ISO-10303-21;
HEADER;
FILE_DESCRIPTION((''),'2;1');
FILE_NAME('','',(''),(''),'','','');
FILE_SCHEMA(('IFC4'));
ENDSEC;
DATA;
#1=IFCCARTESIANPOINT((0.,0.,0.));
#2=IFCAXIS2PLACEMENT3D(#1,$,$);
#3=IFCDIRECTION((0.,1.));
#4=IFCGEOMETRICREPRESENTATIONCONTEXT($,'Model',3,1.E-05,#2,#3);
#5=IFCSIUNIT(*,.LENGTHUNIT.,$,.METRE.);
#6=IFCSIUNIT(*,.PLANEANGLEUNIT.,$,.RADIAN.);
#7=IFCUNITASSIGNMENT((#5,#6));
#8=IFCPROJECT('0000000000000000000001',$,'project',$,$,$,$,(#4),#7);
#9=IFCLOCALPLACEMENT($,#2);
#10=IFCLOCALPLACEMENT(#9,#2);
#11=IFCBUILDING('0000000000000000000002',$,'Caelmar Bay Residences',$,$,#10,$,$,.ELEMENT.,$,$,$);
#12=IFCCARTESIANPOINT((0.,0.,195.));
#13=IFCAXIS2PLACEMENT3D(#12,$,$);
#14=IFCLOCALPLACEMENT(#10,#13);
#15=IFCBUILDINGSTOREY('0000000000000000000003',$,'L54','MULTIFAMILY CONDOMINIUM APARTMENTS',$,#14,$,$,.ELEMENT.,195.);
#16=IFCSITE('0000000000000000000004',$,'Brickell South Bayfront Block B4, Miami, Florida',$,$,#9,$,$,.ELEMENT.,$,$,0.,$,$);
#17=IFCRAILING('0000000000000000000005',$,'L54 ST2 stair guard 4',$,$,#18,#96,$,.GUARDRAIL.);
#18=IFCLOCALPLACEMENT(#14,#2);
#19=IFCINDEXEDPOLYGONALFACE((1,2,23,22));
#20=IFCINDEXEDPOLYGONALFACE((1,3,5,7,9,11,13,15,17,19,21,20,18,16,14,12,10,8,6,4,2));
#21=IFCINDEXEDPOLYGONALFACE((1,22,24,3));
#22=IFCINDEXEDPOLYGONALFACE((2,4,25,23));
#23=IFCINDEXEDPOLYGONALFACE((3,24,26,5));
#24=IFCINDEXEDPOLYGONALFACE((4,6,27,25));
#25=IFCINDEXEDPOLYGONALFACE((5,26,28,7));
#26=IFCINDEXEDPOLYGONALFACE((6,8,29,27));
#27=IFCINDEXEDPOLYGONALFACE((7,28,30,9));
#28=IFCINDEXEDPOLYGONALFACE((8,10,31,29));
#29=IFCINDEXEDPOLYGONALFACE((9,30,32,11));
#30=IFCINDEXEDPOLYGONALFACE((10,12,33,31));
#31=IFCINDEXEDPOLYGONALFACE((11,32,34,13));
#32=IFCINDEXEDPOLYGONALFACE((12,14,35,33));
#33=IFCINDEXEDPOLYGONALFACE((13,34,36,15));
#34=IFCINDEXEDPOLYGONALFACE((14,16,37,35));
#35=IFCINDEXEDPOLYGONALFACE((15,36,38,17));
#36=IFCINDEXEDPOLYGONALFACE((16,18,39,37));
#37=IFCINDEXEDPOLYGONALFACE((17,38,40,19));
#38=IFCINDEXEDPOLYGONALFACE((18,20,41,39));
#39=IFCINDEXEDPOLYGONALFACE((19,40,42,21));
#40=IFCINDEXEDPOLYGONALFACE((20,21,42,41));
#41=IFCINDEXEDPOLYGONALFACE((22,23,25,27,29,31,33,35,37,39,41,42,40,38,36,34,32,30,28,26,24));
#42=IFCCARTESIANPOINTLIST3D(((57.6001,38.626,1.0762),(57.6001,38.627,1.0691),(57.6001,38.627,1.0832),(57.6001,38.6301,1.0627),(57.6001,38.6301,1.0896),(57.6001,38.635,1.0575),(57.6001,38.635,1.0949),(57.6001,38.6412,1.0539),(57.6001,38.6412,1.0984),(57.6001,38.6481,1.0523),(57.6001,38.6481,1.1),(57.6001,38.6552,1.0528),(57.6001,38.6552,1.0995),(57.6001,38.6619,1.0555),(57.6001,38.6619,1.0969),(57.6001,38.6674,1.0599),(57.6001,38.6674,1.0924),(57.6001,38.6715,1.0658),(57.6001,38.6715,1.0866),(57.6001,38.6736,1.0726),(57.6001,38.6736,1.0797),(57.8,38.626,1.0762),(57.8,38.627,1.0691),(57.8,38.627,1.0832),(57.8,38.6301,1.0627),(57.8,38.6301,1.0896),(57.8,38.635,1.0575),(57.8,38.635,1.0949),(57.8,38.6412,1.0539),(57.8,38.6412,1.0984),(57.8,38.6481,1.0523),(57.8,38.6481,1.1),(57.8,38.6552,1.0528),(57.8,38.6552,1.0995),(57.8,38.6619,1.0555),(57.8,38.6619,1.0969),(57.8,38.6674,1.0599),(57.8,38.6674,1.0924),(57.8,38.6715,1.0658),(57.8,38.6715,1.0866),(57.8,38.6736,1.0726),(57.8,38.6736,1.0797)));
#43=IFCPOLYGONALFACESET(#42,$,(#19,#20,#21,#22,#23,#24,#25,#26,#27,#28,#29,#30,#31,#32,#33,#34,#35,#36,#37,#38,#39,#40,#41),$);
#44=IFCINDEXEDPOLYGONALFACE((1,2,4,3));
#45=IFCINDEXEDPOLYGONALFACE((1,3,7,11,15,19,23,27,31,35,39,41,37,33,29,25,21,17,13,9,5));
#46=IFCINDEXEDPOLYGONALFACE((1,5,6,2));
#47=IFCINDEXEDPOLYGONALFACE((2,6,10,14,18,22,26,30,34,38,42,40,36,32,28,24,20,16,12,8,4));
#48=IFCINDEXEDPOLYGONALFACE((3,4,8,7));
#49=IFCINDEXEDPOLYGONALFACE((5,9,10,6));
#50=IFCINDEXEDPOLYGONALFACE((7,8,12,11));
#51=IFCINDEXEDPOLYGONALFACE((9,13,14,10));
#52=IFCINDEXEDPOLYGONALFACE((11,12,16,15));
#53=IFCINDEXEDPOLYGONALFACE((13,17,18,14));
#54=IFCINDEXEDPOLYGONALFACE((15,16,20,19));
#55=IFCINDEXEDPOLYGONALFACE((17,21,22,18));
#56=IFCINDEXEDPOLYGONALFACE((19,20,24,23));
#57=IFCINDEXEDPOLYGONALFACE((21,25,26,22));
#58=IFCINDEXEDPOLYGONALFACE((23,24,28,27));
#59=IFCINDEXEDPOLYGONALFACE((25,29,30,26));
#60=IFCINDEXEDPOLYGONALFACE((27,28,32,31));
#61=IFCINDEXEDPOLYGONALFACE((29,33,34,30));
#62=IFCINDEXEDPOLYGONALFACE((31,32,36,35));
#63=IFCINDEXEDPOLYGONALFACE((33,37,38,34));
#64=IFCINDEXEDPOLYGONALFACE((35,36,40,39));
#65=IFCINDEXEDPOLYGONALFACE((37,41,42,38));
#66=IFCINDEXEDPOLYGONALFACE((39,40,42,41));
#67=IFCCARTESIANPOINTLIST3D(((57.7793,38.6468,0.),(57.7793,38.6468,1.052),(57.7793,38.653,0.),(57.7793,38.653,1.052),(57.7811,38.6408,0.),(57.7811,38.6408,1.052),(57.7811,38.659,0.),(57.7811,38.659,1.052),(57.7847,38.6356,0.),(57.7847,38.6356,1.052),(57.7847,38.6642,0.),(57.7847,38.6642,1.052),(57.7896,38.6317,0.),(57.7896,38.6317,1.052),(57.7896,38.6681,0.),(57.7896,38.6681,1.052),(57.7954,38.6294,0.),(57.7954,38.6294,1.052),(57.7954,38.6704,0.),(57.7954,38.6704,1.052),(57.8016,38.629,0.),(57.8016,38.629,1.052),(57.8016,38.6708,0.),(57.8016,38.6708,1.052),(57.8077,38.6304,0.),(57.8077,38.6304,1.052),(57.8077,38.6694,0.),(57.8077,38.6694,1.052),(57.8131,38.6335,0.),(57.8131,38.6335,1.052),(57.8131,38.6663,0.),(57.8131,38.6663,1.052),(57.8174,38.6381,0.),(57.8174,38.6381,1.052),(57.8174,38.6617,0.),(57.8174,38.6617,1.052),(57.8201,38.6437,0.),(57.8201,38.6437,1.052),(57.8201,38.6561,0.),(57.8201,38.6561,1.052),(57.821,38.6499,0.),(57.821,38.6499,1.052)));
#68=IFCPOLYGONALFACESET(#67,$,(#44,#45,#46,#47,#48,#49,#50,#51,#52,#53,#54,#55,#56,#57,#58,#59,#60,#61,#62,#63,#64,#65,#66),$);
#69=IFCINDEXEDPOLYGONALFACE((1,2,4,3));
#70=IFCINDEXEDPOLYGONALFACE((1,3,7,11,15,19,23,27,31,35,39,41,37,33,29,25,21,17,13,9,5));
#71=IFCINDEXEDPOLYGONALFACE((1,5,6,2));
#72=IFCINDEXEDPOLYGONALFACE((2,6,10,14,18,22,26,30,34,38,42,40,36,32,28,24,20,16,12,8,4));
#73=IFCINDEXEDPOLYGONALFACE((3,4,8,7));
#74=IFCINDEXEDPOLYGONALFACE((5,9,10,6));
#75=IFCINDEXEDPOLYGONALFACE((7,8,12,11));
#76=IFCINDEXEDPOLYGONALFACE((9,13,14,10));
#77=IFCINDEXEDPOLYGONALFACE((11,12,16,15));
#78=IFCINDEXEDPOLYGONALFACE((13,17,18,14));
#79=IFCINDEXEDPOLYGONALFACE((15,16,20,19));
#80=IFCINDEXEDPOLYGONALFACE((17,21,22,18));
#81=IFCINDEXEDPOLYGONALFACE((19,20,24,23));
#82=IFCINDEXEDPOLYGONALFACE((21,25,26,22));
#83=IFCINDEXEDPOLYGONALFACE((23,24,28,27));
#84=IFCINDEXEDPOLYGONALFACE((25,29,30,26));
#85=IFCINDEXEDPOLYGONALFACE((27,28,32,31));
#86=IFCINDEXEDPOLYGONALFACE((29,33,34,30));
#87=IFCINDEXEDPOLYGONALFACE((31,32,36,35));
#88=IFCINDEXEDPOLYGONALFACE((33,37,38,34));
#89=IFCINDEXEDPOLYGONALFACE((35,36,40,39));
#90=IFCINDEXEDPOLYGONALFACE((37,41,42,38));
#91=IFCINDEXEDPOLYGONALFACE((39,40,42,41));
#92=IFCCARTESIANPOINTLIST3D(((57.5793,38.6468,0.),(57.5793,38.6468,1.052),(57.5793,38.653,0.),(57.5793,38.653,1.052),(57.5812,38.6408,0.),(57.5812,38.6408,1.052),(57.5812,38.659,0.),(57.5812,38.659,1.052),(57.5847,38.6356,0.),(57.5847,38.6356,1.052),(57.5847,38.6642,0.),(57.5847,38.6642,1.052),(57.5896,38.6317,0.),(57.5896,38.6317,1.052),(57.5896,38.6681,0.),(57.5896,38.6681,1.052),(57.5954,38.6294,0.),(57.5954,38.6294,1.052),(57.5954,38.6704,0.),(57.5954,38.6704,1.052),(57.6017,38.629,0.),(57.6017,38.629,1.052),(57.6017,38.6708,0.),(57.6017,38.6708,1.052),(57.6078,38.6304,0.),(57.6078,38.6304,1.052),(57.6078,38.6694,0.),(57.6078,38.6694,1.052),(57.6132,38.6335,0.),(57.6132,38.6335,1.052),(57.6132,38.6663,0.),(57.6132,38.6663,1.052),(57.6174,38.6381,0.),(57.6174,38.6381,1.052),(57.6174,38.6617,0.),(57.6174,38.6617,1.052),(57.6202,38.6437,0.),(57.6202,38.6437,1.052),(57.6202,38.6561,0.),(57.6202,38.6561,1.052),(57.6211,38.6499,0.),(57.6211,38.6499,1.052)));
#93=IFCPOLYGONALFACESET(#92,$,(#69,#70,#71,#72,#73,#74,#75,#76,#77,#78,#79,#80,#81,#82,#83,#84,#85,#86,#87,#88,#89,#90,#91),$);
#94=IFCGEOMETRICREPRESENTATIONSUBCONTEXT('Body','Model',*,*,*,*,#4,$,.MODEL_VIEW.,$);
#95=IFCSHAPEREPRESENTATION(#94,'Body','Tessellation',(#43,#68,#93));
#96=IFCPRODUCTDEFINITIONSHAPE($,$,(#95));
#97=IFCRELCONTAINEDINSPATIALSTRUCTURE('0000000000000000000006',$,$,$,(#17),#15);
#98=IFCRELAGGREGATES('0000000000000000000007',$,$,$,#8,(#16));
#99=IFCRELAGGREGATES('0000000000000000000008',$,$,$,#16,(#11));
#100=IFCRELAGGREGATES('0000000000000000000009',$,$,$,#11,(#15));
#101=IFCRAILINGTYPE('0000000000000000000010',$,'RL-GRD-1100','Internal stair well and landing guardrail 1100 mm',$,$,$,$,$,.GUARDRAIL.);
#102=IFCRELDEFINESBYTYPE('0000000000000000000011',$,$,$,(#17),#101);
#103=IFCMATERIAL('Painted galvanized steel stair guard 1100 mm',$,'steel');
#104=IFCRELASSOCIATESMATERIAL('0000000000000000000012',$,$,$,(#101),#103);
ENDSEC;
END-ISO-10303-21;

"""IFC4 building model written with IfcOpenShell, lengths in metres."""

from ifc_helpers import new_model, si_unit, direction, frame, origin, origin_2d, place, context, subcontext, project, spatial, circle, extrude, material, type_object, element, save


model = new_model("IFC4")

# Units and contexts
model_context = context("Model", 3, precision=1e-05, world=origin(), true_north=direction((0.0, 1.0)))
body_context = subcontext(model_context, "Body", "Model", "MODEL_VIEW")
ifc_project = project(units=[si_unit("LENGTHUNIT", "METRE"), si_unit("PLANEANGLEUNIT", "RADIAN")], contexts=[model_context])

# Site, building, storey
site_placement = place(None, origin())
site = spatial("IfcSite", under=ifc_project, at=site_placement, Name="Brickell South Bayfront Block B4, Miami, Florida", CompositionType="ELEMENT", RefElevation=0.0)
building_placement = place(site_placement, origin())
building = spatial("IfcBuilding", under=site, at=building_placement, Name="Caelmar Bay Residences", CompositionType="ELEMENT")
storey_placement = place(building_placement, frame((0.0, 0.0, 195.0)))
storey = spatial("IfcBuildingStorey", under=building, at=storey_placement, Name="L54", Description="MULTIFAMILY CONDOMINIUM APARTMENTS", CompositionType="ELEMENT", Elevation=195.0)

# Railing
ifc_material_1 = material(Name="Painted galvanized steel stair guard 1100 mm", Category="steel")
railing_type_1 = type_object("IfcRailingType", Name="RL-GRD-1100", Description="Internal stair well and landing guardrail 1100 mm", PredefinedType="GUARDRAIL", material=ifc_material_1)
railing_1_placement = place(storey_placement, frame((57.8, 38.6499, 0.0)))
element("IfcRailing", 1, at=railing_1_placement, inside=storey, type_object=railing_type_1, Name="L54 ST2 stair guard 4", PredefinedType="GUARDRAIL", context=body_context, shape_type="SweptSolid", body=[
    extrude(circle(Radius=0.0239, at=origin_2d()), frame((0.0, 0.0, 1.0762), z_axis=(-1.0, 0.0, 0.0), x_axis=(0.0, -1.0, 0.0)), (0.0, 0.0, 1.0), 0.2),
    extrude(circle(Radius=0.021, at=origin_2d()), origin(), (0.0, 0.0, 1.0), 1.052),
    extrude(circle(Radius=0.021, at=origin_2d()), frame((-0.2, 0.0, 0.0)), (0.0, 0.0, 1.0), 1.052),
])

save(model, "model.ifc")
